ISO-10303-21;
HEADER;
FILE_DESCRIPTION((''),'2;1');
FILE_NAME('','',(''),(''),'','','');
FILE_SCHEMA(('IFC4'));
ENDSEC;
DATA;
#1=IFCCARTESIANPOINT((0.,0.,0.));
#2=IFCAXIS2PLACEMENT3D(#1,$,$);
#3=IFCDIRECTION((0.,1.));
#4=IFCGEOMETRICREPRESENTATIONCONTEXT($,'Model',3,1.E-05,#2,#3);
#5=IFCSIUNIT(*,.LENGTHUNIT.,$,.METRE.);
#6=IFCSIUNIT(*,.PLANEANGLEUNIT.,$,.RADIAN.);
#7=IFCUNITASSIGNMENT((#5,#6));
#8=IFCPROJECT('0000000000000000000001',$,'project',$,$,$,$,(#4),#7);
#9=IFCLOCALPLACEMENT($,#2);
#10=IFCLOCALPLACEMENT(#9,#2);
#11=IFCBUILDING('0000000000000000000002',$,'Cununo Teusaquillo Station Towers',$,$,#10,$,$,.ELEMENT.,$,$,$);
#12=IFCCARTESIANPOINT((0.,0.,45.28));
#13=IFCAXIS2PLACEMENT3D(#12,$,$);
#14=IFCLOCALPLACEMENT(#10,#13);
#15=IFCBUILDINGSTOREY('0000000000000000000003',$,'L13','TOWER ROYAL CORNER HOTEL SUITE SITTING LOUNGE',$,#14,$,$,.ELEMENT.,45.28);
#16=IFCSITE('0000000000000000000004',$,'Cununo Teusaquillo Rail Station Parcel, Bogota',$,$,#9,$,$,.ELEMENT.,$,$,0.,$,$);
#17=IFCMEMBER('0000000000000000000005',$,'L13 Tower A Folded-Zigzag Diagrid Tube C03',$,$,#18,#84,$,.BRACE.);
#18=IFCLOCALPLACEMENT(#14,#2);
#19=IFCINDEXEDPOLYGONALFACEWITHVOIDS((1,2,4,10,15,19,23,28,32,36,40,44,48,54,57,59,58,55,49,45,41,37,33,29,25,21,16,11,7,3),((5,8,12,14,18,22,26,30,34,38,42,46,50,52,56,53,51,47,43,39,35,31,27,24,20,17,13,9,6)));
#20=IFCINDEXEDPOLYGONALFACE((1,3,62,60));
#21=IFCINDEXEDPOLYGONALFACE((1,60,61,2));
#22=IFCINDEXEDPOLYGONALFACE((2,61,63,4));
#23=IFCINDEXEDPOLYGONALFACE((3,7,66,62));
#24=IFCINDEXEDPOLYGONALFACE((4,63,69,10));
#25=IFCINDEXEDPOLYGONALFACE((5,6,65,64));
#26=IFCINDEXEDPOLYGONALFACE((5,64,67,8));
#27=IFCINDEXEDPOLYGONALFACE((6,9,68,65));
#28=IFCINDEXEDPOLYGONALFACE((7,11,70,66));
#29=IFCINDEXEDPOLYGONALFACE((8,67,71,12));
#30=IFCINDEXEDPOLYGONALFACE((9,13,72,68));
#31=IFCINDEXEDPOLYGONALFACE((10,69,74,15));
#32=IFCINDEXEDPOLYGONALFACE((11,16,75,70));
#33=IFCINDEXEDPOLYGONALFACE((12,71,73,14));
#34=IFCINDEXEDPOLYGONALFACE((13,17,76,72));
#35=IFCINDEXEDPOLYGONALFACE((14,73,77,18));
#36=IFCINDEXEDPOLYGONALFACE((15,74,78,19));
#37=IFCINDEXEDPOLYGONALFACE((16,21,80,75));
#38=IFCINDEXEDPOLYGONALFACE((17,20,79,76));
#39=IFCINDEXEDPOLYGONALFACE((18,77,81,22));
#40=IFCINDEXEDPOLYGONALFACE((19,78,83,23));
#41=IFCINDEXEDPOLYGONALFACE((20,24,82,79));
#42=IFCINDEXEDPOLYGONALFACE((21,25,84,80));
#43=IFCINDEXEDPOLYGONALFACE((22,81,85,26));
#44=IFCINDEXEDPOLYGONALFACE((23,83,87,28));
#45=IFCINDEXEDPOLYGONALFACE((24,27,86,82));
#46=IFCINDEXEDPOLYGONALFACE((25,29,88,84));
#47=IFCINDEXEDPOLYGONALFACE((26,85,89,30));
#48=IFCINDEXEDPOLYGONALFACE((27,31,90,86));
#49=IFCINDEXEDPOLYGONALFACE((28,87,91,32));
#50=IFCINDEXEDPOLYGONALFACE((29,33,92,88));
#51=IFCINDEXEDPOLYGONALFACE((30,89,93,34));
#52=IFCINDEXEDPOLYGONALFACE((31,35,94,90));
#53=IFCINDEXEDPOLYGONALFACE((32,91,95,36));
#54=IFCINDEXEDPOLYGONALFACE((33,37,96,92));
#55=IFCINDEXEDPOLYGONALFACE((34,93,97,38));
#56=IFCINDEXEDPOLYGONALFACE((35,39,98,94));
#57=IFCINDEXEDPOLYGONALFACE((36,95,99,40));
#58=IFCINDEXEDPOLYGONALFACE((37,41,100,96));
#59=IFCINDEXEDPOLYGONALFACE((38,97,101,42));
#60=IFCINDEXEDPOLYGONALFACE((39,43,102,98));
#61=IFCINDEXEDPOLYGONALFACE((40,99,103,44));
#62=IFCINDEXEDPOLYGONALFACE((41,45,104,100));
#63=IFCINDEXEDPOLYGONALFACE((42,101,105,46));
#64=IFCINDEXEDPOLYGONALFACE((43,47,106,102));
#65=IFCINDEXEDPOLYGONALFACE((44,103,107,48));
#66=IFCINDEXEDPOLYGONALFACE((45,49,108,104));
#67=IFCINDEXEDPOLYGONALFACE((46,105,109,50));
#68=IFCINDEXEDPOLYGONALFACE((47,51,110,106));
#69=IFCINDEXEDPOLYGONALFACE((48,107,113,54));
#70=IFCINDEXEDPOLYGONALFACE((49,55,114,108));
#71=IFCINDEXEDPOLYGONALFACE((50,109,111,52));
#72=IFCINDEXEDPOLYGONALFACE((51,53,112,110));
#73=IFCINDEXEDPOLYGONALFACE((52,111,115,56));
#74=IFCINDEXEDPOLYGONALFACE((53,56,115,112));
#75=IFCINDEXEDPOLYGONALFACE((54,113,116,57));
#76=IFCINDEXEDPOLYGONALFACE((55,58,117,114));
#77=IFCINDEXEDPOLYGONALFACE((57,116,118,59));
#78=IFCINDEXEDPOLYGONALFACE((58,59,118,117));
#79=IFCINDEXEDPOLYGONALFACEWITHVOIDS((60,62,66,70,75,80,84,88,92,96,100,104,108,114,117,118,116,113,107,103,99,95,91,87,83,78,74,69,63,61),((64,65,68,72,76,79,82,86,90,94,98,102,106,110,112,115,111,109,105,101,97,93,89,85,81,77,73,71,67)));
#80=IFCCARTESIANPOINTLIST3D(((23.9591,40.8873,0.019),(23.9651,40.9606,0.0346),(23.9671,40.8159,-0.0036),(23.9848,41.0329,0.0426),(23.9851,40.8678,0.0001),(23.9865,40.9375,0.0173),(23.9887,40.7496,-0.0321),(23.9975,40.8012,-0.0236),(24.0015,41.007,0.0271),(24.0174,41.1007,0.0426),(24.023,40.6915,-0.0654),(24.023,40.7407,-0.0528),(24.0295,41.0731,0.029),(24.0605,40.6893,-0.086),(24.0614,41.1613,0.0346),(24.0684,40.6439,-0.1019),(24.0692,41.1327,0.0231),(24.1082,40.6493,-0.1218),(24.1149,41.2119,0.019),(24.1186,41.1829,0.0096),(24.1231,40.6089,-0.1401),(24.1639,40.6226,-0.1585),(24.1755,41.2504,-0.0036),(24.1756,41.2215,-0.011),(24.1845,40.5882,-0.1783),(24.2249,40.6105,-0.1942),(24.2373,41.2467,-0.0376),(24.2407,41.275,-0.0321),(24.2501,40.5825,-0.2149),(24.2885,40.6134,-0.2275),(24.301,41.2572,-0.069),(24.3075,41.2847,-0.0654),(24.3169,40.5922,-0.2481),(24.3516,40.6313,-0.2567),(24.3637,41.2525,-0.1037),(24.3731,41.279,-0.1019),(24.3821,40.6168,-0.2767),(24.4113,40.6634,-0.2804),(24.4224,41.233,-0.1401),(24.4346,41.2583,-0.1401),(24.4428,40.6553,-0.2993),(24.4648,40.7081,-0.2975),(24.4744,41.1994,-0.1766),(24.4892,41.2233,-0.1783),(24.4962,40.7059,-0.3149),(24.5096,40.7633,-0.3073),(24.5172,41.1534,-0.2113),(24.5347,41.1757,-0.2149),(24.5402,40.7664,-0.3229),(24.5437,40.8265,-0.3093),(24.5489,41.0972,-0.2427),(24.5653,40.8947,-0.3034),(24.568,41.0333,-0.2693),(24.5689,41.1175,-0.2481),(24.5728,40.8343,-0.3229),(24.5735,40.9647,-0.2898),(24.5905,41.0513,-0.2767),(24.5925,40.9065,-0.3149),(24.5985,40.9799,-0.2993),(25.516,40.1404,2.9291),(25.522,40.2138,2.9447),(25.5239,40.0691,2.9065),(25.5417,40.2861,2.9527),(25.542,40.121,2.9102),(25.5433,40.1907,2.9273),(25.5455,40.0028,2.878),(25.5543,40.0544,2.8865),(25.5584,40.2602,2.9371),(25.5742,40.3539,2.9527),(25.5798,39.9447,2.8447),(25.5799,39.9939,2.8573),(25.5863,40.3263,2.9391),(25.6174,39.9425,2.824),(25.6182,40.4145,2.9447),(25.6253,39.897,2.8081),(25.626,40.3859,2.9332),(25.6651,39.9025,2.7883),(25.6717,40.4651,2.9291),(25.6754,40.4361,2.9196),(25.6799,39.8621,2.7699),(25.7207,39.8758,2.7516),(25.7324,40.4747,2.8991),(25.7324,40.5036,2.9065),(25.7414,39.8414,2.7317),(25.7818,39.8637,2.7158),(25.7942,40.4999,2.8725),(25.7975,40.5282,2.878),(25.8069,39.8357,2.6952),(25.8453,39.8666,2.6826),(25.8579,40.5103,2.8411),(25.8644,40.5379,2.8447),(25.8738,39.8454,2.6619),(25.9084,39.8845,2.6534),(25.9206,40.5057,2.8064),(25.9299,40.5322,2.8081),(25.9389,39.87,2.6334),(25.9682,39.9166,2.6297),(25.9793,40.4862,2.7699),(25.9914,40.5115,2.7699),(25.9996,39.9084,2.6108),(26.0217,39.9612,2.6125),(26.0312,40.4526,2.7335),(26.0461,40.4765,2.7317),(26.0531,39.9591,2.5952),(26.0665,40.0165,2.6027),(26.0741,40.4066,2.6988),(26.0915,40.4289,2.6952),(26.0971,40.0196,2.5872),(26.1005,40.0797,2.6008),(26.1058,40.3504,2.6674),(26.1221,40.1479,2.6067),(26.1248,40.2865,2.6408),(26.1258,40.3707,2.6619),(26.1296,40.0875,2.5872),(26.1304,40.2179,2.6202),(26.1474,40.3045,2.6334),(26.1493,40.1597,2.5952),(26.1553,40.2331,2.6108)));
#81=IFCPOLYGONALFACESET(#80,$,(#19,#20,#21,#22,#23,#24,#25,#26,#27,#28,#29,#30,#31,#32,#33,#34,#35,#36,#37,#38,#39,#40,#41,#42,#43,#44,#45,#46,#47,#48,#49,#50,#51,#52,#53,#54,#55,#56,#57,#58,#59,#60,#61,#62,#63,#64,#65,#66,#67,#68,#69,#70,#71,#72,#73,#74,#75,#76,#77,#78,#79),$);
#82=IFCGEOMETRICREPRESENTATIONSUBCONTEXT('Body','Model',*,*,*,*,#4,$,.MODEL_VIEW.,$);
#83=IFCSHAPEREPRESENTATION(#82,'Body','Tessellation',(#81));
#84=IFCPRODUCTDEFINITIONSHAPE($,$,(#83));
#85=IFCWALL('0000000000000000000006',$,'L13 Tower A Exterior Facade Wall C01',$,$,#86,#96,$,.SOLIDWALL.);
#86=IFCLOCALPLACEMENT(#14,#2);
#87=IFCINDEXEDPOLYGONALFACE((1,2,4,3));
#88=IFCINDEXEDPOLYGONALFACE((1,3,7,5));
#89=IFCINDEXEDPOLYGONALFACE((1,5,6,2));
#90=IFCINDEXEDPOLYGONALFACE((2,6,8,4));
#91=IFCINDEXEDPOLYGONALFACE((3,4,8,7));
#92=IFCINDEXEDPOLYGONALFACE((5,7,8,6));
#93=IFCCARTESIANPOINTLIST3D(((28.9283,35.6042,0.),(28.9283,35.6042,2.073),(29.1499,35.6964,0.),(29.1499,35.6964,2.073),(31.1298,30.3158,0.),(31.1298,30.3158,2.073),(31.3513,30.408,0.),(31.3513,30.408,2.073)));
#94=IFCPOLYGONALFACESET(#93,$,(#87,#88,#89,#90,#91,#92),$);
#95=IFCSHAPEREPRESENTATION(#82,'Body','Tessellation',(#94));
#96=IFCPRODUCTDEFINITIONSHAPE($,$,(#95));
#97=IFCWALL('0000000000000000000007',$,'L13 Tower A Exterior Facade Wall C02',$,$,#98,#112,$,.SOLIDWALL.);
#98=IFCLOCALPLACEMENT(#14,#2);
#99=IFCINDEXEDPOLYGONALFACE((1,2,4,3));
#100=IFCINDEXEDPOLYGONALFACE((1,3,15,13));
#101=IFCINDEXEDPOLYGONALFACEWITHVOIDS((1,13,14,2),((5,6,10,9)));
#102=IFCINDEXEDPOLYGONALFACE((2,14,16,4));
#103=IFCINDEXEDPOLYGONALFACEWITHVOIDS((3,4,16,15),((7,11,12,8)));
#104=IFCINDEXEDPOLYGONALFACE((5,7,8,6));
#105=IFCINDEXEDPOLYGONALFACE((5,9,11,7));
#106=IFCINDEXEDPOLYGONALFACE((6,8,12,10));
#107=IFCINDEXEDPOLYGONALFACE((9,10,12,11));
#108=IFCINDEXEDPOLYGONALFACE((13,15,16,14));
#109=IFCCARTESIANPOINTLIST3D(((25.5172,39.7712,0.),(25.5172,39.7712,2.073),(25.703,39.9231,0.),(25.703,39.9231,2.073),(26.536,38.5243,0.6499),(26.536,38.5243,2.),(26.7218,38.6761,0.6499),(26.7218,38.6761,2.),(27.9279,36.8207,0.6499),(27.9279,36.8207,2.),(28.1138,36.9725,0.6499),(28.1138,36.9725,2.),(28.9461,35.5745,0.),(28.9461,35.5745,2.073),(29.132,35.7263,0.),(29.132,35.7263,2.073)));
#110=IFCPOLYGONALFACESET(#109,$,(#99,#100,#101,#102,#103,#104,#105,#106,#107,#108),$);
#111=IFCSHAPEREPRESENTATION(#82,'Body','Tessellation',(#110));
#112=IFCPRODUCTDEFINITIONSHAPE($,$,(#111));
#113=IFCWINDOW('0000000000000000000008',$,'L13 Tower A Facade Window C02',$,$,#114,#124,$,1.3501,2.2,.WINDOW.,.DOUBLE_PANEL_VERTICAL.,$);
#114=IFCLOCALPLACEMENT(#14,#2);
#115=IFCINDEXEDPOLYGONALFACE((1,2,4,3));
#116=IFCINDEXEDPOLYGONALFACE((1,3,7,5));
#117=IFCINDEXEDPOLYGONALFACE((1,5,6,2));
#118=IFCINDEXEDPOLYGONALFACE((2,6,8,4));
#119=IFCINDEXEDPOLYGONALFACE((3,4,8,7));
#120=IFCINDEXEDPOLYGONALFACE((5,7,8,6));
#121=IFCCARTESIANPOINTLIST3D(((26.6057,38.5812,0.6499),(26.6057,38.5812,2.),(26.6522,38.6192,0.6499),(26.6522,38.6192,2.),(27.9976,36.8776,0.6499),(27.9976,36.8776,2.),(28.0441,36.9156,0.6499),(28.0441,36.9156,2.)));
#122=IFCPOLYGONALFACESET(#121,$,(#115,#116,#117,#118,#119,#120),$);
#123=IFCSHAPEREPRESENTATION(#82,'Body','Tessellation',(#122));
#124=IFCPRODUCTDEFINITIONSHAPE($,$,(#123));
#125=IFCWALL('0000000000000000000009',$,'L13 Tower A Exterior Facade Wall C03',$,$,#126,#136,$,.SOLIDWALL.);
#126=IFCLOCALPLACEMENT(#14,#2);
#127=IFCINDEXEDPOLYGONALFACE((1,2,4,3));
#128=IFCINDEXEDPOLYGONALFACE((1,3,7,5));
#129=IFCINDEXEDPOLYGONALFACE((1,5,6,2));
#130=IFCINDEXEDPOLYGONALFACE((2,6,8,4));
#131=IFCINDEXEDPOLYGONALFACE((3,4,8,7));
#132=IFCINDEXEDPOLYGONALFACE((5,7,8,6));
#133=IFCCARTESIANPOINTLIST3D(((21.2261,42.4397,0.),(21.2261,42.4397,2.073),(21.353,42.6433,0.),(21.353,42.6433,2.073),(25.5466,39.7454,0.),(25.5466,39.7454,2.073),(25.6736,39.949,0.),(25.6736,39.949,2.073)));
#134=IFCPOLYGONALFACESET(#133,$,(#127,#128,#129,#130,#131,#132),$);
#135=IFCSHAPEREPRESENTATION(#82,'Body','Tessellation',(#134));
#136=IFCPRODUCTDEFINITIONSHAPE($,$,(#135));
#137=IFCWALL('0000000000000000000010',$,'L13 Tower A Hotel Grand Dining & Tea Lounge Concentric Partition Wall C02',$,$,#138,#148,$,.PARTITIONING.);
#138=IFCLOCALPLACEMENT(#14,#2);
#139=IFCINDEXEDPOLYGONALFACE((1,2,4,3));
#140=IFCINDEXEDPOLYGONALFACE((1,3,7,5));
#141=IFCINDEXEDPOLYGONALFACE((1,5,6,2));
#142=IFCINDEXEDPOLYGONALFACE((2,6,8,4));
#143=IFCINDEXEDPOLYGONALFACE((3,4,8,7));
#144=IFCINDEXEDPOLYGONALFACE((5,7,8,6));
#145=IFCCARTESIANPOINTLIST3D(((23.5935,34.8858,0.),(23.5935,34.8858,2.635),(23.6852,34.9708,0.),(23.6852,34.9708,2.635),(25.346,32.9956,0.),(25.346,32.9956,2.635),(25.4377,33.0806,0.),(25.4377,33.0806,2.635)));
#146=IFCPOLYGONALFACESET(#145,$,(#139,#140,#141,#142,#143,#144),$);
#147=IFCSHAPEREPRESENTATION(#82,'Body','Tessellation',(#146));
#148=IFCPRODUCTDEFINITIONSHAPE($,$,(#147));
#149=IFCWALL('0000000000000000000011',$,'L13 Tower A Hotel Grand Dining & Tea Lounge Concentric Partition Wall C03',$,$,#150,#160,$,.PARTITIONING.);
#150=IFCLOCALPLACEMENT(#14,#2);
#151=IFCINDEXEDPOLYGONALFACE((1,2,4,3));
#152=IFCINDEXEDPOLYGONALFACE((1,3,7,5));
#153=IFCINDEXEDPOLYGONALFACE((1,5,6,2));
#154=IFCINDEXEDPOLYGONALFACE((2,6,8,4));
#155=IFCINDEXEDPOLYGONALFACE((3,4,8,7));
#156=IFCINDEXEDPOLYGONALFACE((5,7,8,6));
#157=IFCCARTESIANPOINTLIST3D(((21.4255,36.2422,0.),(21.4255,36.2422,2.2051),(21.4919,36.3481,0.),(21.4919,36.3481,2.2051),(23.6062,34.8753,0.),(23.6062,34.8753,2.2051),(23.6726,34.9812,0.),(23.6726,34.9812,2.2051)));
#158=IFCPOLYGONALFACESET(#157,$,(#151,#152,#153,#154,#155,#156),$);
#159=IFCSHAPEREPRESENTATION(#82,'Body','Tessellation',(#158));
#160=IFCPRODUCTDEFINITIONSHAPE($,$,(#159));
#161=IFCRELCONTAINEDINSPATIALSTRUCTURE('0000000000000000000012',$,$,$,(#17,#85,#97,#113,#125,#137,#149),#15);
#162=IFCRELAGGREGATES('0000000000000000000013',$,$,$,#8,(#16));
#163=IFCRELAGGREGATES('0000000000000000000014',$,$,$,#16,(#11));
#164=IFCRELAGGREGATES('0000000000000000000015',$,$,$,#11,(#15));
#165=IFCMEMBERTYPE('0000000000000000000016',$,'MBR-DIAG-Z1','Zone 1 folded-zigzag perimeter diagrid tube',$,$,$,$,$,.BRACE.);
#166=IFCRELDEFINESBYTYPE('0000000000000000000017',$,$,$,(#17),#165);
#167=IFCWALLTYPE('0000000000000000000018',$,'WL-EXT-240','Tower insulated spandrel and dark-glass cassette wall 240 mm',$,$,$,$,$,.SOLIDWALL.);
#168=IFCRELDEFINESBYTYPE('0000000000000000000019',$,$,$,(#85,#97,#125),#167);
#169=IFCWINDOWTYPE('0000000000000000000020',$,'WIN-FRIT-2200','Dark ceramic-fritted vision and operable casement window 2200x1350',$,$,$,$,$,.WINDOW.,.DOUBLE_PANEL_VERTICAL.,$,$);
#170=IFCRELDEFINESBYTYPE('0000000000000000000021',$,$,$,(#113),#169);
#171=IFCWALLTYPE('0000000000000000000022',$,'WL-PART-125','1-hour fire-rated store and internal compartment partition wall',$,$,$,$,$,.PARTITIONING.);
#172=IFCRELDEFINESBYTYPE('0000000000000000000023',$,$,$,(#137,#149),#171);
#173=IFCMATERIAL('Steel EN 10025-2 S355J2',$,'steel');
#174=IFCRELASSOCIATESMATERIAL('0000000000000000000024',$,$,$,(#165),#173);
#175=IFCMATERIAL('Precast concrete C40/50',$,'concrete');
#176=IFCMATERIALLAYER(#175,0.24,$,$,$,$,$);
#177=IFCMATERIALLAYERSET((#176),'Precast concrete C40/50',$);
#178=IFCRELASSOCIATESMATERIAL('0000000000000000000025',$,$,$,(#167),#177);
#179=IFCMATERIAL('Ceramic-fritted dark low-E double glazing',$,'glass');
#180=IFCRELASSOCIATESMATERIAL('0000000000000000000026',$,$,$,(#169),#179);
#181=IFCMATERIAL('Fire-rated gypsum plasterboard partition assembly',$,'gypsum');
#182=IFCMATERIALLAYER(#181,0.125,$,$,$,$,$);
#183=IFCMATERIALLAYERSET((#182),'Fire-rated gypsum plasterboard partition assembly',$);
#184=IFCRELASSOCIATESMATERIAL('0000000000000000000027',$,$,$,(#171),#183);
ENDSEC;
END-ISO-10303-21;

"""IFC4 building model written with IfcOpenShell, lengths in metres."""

from ifc_helpers import new_model, si_unit, direction, frame, frame_2d, origin, origin_2d, place, context, subcontext, project, spatial, rectangle, hollow_circle, extrude, source, transform, mapped, material, layer, layer_set, material_profile, profile_set, type_object, element, fill, save


model = new_model("IFC4")

# Units and contexts
model_context = context("Model", 3, precision=1e-05, world=origin(), true_north=direction((0.0, 1.0)))
body_context = subcontext(model_context, "Body", "Model", "MODEL_VIEW")
ifc_project = project(units=[si_unit("LENGTHUNIT", "METRE"), si_unit("PLANEANGLEUNIT", "RADIAN")], contexts=[model_context])

# Site, building, storey
site_placement = place(None, origin())
site = spatial("IfcSite", under=ifc_project, at=site_placement, Name="Cununo Teusaquillo Rail Station Parcel, Bogota", CompositionType="ELEMENT", RefElevation=0.0)
building_placement = place(site_placement, origin())
building = spatial("IfcBuilding", under=site, at=building_placement, Name="Cununo Teusaquillo Station Towers", CompositionType="ELEMENT")
storey_placement = place(building_placement, frame((0.0, 0.0, 45.28)))
storey = spatial("IfcBuildingStorey", under=building, at=storey_placement, Name="L13", Description="TOWER ROYAL CORNER HOTEL SUITE SITTING LOUNGE", CompositionType="ELEMENT", Elevation=45.28)

# Member
ifc_material_1 = material(Name="Steel EN 10025-2 S355J2", Category="steel")
ifc_material_profile_1 = material_profile(ifc_material_1, hollow_circle(Radius=0.3601, WallThickness=0.0281, at=origin_2d()), Name="CHS 720x28")
ifc_profile_set_1 = profile_set([ifc_material_profile_1], Name="Steel EN 10025-2 S355J2")
member_type = type_object("IfcMemberType", Name="MBR-DIAG-Z1", Description="Zone 1 folded-zigzag perimeter diagrid tube", PredefinedType="BRACE", material=ifc_profile_set_1)
member_1_placement = place(storey_placement, frame((24.2788, 40.9336, -0.1401), z_axis=(0.460089, -0.220701, 0.860006), x_axis=(0.432506, 0.901631, 0.0)))
element("IfcMember", 1, at=member_1_placement, inside=storey, type_object=member_type, Name="L13 Tower A Folded-Zigzag Diagrid Tube C03", PredefinedType="BRACE", context=body_context, shape_type="SweptSolid", body=[
    extrude(hollow_circle(Radius=0.3601, WallThickness=0.0281, at=origin_2d()), origin(), (0.0, 0.0, 1.0), 3.3838),
])

# Wall
ifc_material_2 = material(Name="Precast concrete C40/50", Category="concrete")
ifc_layer_1 = layer(ifc_material_2, 0.24)
ifc_layer_set_1 = layer_set([ifc_layer_1], Name="Precast concrete C40/50")
wall_type_1 = type_object("IfcWallType", Name="WL-EXT-240", Description="Tower insulated spandrel and dark-glass cassette wall 240 mm", PredefinedType="SOLIDWALL", material=ifc_layer_set_1)
wall_1_placement = place(storey_placement, frame((29.0391, 35.6504, 0.0), z_axis=(0.0, 0.0, 1.0), x_axis=(0.38431, -0.923204, 0.0)))
element("IfcWall", 2, at=wall_1_placement, inside=storey, type_object=wall_type_1, Name="L13 Tower A Exterior Facade Wall C01", PredefinedType="SOLIDWALL", context=body_context, shape_type="SweptSolid", body=[
    extrude(rectangle(XDim=5.7283, YDim=0.24, at=frame_2d((2.8643, 0.0))), origin(), (0.0, 0.0, 1.0), 2.073),
])

# Wall, opening, window
wall_2_placement = place(storey_placement, frame((25.6101, 39.8472, 0.0), z_axis=(0.0, 0.0, 1.0), x_axis=(0.63271, -0.774389, 0.0)))
wall_2 = element("IfcWall", 3, at=wall_2_placement, inside=storey, type_object=wall_type_1, Name="L13 Tower A Exterior Facade Wall C02", PredefinedType="SOLIDWALL", context=body_context, shape_type="SweptSolid", body=[
    extrude(rectangle(XDim=5.4194, YDim=0.24, at=frame_2d((2.7097, 0.0))), origin(), (0.0, 0.0, 1.0), 2.073),
])
shared_shape_1 = source(origin(), body_context, "Body", "SweptSolid", [
    extrude(rectangle(XDim=2.2, YDim=1.3501, at=frame_2d((1.1001, 0.675))), frame((0.0, 0.1299, 0.0), z_axis=(0.0, -1.0, 0.0), x_axis=(1.0, 0.0, 0.0)), (0.0, 0.0, 1.0), 0.26),
])
opening_1_placement = place(wall_2_placement, frame((1.6101, 0.0, 0.6499)))
opening_1 = element("IfcOpeningElement", 4, at=opening_1_placement, cuts=wall_2, PredefinedType="OPENING", context=body_context, shape_type="MappedRepresentation", body=[
    mapped(shared_shape_1, transform((0.0, 0.0, 0.0), x_axis=(1.0, 0.0, 0.0), y_axis=(0.0, 1.0, 0.0), z_axis=(0.0, 0.0, 1.0), scale=1.0)),
])
ifc_material_3 = material(Name="Ceramic-fritted dark low-E double glazing", Category="glass")
window_type = type_object("IfcWindowType", Name="WIN-FRIT-2200", Description="Dark ceramic-fritted vision and operable casement window 2200x1350", PartitioningType="DOUBLE_PANEL_VERTICAL", PredefinedType="WINDOW", material=ifc_material_3)
shared_shape_2 = source(origin(), body_context, "Body", "SweptSolid", [
    extrude(rectangle(XDim=2.2, YDim=1.3501, at=frame_2d((1.1001, 0.675))), frame((0.0, 0.03, 0.0), z_axis=(0.0, -1.0, 0.0), x_axis=(1.0, 0.0, 0.0)), (0.0, 0.0, 1.0), 0.0601),
])
window_placement = place(opening_1_placement, origin())
window = element("IfcWindow", 5, at=window_placement, inside=storey, type_object=window_type, Name="L13 Tower A Facade Window C02", OverallHeight=1.3501, OverallWidth=2.2, PartitioningType="DOUBLE_PANEL_VERTICAL", PredefinedType="WINDOW", context=body_context, shape_type="MappedRepresentation", body=[
    mapped(shared_shape_2, transform((0.0, 0.0, 0.0), x_axis=(1.0, 0.0, 0.0), y_axis=(0.0, 1.0, 0.0), z_axis=(0.0, 0.0, 1.0), scale=1.0)),
])
fill(opening_1, window)

# Walls
wall_3_placement = place(storey_placement, frame((21.2896, 42.5415, 0.0), z_axis=(0.0, 0.0, 1.0), x_axis=(0.848529, -0.52915, 0.0)))
element("IfcWall", 6, at=wall_3_placement, inside=storey, type_object=wall_type_1, Name="L13 Tower A Exterior Facade Wall C03", PredefinedType="SOLIDWALL", context=body_context, shape_type="SweptSolid", body=[
    extrude(rectangle(XDim=5.0918, YDim=0.24, at=frame_2d((2.5459, 0.0))), origin(), (0.0, 0.0, 1.0), 2.073),
])
ifc_material_4 = material(Name="Fire-rated gypsum plasterboard partition assembly", Category="gypsum")
ifc_layer_2 = layer(ifc_material_4, 0.125)
ifc_layer_set_2 = layer_set([ifc_layer_2], Name="Fire-rated gypsum plasterboard partition assembly")
wall_type_2 = type_object("IfcWallType", Name="WL-PART-125", Description="1-hour fire-rated store and internal compartment partition wall", PredefinedType="PARTITIONING", material=ifc_layer_set_2)
wall_4_placement = place(storey_placement, frame((25.3918, 33.0381, 0.0), z_axis=(0.0, 0.0, 1.0), x_axis=(-0.679891, 0.733313, 0.0)))
element("IfcWall", 7, at=wall_4_placement, inside=storey, type_object=wall_type_2, Name="L13 Tower A Hotel Grand Dining & Tea Lounge Concentric Partition Wall C02", PredefinedType="PARTITIONING", context=body_context, shape_type="SweptSolid", body=[
    extrude(rectangle(XDim=2.5776, YDim=0.125, at=frame_2d((1.2888, 0.0))), origin(), (0.0, 0.0, 1.0), 2.635),
])
wall_5_placement = place(storey_placement, frame((23.6394, 34.9282, 0.0), z_axis=(0.0, 0.0, 1.0), x_axis=(-0.847294, 0.531124, 0.0)))
element("IfcWall", 8, at=wall_5_placement, inside=storey, type_object=wall_type_2, Name="L13 Tower A Hotel Grand Dining & Tea Lounge Concentric Partition Wall C03", PredefinedType="PARTITIONING", context=body_context, shape_type="SweptSolid", body=[
    extrude(rectangle(XDim=2.5737, YDim=0.125, at=frame_2d((1.2869, 0.0))), origin(), (0.0, 0.0, 1.0), 2.2051),
])

save(model, "model.ifc")
